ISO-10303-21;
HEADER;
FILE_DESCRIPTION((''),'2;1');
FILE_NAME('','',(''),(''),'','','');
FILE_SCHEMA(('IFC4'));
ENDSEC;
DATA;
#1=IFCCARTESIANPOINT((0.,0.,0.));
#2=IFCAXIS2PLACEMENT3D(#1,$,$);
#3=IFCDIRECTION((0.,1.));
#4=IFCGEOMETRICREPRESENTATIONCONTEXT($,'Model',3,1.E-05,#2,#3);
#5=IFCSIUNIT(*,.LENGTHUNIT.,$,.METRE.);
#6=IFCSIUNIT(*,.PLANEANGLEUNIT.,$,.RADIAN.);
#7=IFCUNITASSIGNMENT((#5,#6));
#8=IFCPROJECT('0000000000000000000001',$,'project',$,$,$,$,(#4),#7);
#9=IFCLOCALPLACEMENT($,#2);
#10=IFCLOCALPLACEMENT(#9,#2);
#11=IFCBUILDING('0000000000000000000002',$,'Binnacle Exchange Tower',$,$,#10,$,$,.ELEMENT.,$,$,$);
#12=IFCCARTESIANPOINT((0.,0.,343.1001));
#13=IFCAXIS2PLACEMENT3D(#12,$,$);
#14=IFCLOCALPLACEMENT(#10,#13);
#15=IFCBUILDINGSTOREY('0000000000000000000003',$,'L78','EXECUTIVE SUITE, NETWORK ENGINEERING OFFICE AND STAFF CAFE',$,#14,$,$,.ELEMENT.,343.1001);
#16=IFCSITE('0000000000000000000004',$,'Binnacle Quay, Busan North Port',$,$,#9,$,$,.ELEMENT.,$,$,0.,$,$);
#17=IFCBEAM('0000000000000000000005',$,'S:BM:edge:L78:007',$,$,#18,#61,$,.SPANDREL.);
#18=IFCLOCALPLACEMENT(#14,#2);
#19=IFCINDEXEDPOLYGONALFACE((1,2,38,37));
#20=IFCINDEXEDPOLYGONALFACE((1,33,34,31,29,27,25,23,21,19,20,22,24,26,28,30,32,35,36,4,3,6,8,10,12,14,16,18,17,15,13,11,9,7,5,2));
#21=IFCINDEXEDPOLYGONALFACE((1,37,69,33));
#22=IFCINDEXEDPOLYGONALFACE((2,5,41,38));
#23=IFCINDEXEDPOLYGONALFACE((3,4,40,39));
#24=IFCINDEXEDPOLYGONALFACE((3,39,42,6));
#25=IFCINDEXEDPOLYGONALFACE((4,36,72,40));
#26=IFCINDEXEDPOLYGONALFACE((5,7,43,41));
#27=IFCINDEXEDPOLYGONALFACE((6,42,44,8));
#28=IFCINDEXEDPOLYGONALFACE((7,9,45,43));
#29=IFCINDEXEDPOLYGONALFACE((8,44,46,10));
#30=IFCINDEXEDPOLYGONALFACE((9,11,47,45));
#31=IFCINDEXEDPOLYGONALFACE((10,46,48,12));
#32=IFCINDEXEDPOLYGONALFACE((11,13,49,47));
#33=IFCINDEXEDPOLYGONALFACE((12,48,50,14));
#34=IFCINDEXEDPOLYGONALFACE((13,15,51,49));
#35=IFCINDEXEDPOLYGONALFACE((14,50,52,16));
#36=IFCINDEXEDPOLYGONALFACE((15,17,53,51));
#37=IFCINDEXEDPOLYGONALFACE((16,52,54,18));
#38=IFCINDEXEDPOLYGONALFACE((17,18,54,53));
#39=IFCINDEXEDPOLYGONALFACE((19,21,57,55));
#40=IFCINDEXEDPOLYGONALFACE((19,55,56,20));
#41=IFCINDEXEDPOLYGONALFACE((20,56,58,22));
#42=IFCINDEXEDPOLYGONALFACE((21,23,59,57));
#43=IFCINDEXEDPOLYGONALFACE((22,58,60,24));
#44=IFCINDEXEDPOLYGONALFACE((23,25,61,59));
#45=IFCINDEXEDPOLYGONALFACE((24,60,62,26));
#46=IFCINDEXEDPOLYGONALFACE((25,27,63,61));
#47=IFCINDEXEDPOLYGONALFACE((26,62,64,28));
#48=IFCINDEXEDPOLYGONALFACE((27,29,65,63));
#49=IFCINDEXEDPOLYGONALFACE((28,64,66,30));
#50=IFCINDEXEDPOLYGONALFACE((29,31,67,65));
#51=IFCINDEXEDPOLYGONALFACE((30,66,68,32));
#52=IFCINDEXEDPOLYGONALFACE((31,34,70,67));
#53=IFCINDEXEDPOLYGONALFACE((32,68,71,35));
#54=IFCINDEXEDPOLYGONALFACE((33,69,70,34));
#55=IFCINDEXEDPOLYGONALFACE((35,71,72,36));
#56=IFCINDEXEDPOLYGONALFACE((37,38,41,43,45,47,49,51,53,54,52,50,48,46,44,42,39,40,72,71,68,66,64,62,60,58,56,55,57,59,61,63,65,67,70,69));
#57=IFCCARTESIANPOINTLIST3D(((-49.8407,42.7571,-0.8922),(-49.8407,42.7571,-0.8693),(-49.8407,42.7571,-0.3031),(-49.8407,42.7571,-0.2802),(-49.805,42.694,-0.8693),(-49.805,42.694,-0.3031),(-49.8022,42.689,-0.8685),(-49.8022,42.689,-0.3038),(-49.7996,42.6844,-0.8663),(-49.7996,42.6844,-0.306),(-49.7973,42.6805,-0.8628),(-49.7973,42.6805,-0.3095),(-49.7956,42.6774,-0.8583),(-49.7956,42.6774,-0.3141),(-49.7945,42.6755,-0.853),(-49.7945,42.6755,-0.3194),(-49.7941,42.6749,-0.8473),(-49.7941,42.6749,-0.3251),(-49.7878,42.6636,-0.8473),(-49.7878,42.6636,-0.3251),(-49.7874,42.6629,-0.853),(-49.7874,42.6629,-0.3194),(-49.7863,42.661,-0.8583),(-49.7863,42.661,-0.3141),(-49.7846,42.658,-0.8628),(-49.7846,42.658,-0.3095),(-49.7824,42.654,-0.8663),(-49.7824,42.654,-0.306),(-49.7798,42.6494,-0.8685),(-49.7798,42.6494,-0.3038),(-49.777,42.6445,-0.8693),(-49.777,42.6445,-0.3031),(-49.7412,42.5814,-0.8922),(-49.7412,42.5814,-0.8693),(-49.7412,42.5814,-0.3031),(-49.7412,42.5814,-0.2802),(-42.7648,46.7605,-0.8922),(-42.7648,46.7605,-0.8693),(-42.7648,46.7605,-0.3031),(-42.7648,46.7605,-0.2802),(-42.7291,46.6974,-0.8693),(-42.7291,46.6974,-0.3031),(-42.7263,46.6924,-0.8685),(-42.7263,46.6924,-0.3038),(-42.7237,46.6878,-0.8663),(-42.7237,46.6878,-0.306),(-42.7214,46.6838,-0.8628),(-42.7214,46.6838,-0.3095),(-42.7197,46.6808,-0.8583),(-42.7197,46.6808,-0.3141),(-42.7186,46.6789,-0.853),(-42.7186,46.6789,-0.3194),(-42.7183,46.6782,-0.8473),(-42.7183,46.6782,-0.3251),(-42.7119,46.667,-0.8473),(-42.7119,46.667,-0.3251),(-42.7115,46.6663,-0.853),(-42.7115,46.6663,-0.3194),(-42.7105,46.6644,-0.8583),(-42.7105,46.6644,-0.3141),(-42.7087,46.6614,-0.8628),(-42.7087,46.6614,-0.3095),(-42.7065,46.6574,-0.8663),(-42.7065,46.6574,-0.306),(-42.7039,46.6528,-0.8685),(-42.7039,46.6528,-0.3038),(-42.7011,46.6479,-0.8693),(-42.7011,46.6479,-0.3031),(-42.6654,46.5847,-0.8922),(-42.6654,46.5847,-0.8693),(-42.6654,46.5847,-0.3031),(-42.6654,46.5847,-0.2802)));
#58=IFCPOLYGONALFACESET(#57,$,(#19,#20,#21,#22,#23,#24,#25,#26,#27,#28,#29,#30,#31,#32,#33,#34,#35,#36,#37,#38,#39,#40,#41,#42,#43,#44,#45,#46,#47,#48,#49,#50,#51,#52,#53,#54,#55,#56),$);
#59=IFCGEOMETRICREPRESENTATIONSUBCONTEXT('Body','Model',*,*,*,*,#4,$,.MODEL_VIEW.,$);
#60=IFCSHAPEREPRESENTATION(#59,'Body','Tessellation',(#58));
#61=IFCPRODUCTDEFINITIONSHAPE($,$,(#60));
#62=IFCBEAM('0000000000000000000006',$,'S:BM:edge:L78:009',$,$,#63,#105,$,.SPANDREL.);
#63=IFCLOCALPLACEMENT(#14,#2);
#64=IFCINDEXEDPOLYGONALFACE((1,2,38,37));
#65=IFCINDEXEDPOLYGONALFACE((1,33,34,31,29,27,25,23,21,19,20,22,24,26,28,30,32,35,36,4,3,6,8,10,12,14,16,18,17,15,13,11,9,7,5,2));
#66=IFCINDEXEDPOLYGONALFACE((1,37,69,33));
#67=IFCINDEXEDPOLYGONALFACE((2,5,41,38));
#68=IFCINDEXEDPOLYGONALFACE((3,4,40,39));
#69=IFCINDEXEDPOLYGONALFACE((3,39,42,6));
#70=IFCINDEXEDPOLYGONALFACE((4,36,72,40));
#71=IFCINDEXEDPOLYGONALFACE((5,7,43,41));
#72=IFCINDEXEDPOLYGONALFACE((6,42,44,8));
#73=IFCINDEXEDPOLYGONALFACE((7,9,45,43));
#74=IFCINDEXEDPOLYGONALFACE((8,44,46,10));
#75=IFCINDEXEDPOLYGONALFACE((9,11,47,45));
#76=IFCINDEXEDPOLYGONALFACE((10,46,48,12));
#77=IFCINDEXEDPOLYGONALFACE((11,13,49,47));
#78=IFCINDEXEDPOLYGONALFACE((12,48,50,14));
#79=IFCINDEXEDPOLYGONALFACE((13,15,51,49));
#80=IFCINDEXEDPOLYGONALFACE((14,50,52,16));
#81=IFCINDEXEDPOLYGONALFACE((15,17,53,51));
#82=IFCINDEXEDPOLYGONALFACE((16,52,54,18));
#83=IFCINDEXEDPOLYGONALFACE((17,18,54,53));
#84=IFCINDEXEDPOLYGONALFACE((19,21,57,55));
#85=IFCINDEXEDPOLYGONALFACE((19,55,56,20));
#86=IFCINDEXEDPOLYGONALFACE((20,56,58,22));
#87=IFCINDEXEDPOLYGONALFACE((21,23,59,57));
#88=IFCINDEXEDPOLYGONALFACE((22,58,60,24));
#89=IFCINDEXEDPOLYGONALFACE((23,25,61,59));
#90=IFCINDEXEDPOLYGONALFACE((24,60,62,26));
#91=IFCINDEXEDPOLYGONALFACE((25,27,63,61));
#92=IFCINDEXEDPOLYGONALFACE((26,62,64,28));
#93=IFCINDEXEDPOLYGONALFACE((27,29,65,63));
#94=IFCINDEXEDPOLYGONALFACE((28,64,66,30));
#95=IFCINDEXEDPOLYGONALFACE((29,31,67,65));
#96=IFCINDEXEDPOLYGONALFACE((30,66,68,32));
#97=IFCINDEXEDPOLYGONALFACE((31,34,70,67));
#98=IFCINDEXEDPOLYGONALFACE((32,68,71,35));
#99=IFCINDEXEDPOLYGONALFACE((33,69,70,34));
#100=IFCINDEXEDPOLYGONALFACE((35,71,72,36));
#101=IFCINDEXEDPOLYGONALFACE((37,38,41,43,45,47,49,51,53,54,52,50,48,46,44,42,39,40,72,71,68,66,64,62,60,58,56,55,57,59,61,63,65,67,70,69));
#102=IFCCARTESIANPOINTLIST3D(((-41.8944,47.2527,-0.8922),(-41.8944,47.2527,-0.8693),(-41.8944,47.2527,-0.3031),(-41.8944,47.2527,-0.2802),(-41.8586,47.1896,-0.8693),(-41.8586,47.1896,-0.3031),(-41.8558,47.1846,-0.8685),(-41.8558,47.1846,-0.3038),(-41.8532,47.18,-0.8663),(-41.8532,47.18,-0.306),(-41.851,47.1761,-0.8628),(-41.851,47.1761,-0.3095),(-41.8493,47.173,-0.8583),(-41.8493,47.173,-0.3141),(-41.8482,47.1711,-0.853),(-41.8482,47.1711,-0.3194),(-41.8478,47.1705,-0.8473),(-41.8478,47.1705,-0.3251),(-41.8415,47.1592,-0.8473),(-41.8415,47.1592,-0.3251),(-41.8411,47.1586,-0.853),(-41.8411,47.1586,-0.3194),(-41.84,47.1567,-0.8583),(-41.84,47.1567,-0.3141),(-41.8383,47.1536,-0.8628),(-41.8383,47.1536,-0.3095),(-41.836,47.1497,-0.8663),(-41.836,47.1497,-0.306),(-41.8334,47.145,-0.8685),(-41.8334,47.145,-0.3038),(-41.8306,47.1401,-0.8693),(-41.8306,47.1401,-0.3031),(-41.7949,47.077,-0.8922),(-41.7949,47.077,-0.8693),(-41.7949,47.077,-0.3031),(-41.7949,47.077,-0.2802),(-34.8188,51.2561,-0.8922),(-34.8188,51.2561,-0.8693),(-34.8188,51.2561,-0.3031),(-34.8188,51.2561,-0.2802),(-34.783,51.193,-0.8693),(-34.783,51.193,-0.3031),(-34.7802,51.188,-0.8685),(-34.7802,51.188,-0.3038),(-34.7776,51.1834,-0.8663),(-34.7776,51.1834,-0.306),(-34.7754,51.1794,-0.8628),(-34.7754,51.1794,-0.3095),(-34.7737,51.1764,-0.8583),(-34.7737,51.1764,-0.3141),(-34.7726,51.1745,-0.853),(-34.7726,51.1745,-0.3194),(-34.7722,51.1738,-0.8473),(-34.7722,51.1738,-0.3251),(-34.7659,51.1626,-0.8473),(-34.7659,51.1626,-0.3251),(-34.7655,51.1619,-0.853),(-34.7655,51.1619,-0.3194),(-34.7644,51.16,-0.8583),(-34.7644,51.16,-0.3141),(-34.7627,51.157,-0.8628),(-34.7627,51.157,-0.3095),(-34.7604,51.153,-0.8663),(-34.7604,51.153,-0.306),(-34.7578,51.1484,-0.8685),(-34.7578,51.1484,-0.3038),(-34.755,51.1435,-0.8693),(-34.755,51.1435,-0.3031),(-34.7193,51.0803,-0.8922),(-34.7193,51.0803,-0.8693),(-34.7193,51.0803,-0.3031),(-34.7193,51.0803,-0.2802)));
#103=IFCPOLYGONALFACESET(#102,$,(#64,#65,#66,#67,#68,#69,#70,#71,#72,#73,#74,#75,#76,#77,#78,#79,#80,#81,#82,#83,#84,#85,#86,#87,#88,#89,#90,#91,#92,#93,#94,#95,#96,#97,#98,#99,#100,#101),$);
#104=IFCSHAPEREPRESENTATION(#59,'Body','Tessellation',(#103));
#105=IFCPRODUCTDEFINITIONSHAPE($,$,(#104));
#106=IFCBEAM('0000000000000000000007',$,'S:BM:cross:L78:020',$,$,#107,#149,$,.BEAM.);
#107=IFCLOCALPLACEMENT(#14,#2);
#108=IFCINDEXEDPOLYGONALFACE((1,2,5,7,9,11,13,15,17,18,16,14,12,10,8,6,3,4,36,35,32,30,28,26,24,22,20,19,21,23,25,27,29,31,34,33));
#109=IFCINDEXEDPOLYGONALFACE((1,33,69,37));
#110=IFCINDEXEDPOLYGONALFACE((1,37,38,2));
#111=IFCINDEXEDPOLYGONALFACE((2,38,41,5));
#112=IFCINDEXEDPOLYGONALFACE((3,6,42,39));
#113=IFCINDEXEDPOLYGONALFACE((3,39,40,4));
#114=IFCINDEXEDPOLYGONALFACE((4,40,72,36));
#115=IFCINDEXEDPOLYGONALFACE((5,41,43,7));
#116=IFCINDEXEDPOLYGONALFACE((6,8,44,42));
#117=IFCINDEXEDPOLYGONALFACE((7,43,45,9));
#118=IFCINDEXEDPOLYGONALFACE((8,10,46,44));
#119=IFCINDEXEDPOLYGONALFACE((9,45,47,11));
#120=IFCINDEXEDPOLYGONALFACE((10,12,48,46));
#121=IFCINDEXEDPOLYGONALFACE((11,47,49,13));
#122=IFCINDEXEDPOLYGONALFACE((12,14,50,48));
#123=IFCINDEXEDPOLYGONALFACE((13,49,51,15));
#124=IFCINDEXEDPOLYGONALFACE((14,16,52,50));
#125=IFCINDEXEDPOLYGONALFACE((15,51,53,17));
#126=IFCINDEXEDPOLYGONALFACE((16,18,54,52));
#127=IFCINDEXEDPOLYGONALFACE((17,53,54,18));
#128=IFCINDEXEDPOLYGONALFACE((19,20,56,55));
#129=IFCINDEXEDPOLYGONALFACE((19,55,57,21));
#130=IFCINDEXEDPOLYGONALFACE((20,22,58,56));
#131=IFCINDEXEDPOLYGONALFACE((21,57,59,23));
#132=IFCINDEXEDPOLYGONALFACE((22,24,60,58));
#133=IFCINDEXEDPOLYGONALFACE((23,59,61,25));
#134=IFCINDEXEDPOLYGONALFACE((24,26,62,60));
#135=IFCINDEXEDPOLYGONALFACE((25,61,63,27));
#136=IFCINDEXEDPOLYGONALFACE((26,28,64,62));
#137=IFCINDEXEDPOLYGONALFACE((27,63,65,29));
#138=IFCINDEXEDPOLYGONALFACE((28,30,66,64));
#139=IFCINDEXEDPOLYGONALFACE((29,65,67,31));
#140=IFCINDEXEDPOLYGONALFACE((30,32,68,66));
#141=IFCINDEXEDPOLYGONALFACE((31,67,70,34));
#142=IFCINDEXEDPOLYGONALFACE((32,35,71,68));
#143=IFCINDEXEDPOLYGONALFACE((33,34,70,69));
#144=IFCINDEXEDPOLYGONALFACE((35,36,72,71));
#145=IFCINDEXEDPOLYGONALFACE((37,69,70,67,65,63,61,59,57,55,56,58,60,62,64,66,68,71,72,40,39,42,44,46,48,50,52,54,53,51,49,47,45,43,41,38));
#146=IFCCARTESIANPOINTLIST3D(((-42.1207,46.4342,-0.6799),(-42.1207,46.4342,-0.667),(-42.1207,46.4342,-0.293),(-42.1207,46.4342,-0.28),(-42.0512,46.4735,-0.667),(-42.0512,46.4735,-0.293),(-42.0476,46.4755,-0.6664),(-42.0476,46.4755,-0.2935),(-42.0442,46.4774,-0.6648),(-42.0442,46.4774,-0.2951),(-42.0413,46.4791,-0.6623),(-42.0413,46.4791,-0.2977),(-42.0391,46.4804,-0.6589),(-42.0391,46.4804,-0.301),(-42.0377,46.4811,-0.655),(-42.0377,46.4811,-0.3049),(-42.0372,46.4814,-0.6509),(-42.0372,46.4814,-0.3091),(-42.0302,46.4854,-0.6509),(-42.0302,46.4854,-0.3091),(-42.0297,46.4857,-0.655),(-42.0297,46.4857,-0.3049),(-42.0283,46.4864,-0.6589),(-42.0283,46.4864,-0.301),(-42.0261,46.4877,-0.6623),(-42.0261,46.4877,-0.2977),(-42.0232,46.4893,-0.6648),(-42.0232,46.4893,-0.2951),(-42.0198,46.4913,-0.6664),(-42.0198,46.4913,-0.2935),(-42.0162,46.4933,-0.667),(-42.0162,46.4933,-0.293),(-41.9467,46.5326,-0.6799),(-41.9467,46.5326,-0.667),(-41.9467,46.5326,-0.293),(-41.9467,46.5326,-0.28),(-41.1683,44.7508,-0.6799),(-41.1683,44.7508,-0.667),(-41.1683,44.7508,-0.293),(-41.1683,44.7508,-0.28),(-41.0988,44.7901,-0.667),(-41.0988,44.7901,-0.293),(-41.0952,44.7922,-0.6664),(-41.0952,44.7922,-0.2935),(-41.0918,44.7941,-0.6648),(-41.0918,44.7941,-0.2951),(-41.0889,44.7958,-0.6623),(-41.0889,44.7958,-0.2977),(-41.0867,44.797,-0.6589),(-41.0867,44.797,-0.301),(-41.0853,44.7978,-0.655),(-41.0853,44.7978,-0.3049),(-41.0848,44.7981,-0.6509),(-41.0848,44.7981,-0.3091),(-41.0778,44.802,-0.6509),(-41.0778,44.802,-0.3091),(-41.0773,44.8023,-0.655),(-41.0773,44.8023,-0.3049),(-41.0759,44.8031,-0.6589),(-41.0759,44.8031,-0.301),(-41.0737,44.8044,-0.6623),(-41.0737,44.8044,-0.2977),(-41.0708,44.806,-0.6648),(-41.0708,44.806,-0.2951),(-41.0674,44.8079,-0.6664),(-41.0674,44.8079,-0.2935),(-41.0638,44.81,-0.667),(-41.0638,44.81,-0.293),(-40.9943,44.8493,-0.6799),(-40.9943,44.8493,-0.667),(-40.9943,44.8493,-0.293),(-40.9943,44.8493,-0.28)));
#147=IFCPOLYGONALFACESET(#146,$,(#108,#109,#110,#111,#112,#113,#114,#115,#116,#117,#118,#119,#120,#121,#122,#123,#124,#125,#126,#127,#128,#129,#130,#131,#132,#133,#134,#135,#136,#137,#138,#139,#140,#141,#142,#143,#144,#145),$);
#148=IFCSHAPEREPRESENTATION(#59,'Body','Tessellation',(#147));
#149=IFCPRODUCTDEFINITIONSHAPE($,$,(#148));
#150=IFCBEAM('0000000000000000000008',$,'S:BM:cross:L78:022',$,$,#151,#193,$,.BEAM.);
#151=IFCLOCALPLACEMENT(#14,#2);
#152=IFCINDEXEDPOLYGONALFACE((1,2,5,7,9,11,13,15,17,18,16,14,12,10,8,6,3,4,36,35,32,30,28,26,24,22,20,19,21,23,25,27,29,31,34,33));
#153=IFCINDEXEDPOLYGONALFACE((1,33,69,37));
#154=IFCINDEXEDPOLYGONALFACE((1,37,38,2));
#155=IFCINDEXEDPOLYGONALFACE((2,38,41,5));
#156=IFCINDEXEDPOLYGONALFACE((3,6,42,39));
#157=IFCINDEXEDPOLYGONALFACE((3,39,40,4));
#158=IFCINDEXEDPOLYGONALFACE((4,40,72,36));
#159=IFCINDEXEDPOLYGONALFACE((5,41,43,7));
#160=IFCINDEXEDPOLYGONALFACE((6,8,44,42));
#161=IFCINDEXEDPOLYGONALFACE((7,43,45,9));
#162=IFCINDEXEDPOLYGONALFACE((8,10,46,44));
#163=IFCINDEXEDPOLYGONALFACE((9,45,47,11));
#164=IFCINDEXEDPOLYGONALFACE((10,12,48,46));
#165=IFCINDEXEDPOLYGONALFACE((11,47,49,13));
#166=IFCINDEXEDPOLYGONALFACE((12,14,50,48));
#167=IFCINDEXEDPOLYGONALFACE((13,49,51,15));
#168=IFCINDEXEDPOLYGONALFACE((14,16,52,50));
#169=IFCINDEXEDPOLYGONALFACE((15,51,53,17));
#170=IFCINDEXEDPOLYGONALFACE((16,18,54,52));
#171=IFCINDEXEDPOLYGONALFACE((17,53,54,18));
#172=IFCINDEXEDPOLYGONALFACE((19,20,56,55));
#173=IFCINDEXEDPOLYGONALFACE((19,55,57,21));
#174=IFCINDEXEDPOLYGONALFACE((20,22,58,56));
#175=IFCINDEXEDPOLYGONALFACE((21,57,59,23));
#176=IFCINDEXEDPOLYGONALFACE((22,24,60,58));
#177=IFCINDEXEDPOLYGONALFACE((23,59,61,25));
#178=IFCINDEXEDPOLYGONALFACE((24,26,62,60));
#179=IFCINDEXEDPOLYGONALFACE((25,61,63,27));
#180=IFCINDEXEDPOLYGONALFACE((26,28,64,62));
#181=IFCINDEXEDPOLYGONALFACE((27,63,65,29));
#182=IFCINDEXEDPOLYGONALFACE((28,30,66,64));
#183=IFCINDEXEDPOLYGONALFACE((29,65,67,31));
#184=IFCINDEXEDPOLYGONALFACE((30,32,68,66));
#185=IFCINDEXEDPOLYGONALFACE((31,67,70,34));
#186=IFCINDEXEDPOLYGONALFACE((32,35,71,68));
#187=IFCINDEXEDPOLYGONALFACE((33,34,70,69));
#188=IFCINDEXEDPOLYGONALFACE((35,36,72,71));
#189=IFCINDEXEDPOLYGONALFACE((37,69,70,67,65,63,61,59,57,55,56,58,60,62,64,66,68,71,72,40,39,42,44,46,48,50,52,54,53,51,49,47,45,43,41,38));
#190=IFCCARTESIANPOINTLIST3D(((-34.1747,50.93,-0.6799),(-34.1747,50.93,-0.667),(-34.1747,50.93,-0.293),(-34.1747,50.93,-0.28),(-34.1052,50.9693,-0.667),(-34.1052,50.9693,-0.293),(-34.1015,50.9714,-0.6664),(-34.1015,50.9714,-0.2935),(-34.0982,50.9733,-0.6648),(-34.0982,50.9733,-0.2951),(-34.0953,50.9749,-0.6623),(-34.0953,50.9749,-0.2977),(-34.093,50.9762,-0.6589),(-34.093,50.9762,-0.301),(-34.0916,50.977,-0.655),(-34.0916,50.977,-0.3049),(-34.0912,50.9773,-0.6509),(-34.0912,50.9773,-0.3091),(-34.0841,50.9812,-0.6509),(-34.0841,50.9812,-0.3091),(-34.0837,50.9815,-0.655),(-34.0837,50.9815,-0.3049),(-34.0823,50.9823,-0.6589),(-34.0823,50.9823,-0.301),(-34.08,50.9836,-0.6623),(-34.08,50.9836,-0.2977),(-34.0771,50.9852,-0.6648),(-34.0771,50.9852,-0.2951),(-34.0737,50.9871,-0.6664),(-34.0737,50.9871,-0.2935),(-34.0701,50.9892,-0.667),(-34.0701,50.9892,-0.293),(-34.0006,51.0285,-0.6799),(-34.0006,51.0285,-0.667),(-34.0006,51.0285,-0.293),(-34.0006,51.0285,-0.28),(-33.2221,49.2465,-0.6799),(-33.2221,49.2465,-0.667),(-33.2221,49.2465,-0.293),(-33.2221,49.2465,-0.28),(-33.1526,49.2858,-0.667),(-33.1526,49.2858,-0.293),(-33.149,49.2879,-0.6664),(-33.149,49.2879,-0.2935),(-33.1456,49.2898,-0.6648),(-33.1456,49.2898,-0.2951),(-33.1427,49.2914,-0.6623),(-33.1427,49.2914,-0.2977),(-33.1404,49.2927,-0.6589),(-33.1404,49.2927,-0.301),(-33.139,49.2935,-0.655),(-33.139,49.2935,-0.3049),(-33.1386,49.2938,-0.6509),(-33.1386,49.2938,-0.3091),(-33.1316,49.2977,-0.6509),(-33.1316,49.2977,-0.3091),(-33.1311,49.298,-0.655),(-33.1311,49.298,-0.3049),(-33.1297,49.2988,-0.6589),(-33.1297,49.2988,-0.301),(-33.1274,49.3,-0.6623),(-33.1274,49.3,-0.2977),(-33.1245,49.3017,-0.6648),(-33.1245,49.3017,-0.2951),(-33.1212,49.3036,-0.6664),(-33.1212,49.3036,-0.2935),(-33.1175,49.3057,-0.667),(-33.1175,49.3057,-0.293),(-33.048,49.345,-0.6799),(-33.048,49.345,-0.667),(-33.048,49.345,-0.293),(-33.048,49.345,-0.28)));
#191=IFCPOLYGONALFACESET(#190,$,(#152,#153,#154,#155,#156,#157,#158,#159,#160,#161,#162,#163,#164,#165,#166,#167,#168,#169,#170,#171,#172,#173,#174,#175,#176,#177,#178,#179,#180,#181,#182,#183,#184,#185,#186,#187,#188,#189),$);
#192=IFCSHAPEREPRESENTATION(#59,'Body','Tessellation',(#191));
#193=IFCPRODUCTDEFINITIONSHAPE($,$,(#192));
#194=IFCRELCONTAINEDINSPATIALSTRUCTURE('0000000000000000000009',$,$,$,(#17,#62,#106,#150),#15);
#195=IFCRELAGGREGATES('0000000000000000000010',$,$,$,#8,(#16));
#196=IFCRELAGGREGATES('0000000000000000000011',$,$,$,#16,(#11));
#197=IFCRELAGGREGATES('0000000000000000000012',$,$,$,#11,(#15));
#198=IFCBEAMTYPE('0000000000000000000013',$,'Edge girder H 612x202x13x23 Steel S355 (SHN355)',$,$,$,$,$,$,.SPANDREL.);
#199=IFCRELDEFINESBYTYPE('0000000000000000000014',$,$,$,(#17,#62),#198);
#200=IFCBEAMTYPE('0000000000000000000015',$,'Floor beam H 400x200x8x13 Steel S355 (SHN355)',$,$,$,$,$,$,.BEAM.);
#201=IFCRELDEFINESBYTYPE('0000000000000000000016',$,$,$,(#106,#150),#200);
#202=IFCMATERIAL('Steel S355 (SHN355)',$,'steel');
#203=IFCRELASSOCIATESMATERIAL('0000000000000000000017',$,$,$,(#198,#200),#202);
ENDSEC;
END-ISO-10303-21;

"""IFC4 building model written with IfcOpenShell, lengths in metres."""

from ifc_helpers import new_model, si_unit, direction, frame, origin, origin_2d, place, context, subcontext, project, spatial, i_section, extrude, material, material_profile, profile_set, type_object, element, save


model = new_model("IFC4")

# Units and contexts
model_context = context("Model", 3, precision=1e-05, world=origin(), true_north=direction((0.0, 1.0)))
body_context = subcontext(model_context, "Body", "Model", "MODEL_VIEW")
ifc_project = project(units=[si_unit("LENGTHUNIT", "METRE"), si_unit("PLANEANGLEUNIT", "RADIAN")], contexts=[model_context])

# Site, building, storey
site_placement = place(None, origin())
site = spatial("IfcSite", under=ifc_project, at=site_placement, Name="Binnacle Quay, Busan North Port", CompositionType="ELEMENT", RefElevation=0.0)
building_placement = place(site_placement, origin())
building = spatial("IfcBuilding", under=site, at=building_placement, Name="Binnacle Exchange Tower", CompositionType="ELEMENT")
storey_placement = place(building_placement, frame((0.0, 0.0, 343.1001)))
storey = spatial("IfcBuildingStorey", under=building, at=storey_placement, Name="L78", Description="EXECUTIVE SUITE, NETWORK ENGINEERING OFFICE AND STAFF CAFE", CompositionType="ELEMENT", Elevation=343.1001)

# Beams
ifc_material_1 = material(Name="Steel S355 (SHN355)", Category="steel")
ifc_material_profile_1 = material_profile(ifc_material_1, i_section(OverallWidth=0.2019, OverallDepth=0.6121, WebThickness=0.0129, FlangeThickness=0.0229, FilletRadius=0.022, at=origin_2d()), Name="H 612x202x13x23")
ifc_profile_set_1 = profile_set([ifc_material_profile_1], Name="Steel S355 (SHN355)")
beam_type_1 = type_object("IfcBeamType", Name="Edge girder H 612x202x13x23 Steel S355 (SHN355)", PredefinedType="SPANDREL", material=ifc_profile_set_1)
beam_1_placement = place(storey_placement, frame((-42.7151, 46.6726, -0.5862), z_axis=(-0.870353, -0.492428, 0.0), x_axis=(0.492428, -0.870353, 0.0)))
element("IfcBeam", 1, at=beam_1_placement, inside=storey, type_object=beam_type_1, Name="S:BM:edge:L78:007", PredefinedType="SPANDREL", context=body_context, shape_type="SweptSolid", body=[
    extrude(i_section(OverallWidth=0.2019, OverallDepth=0.6121, WebThickness=0.0129, FlangeThickness=0.0229, FilletRadius=0.022, at=origin_2d()), origin(), (0.0, 0.0, 1.0), 8.1299),
])
beam_2_placement = place(storey_placement, frame((-34.769, 51.1682, -0.5862), z_axis=(-0.870346, -0.492441, 0.0), x_axis=(0.492441, -0.870346, 0.0)))
element("IfcBeam", 2, at=beam_2_placement, inside=storey, type_object=beam_type_1, Name="S:BM:edge:L78:009", PredefinedType="SPANDREL", context=body_context, shape_type="SweptSolid", body=[
    extrude(i_section(OverallWidth=0.2019, OverallDepth=0.6121, WebThickness=0.0129, FlangeThickness=0.0229, FilletRadius=0.022, at=origin_2d()), origin(), (0.0, 0.0, 1.0), 8.1296),
])
ifc_material_profile_2 = material_profile(ifc_material_1, i_section(OverallWidth=0.2, OverallDepth=0.3999, WebThickness=0.0081, FlangeThickness=0.0129, FilletRadius=0.0161, at=origin_2d()), Name="H 400x200x8x13")
ifc_profile_set_2 = profile_set([ifc_material_profile_2], Name="Steel S355 (SHN355)")
beam_type_2 = type_object("IfcBeamType", Name="Floor beam H 400x200x8x13 Steel S355 (SHN355)", PredefinedType="BEAM", material=ifc_profile_set_2)
beam_3_placement = place(storey_placement, frame((-42.0337, 46.4834, -0.48), z_axis=(0.492423, -0.870356, 0.0), x_axis=(0.870356, 0.492423, 0.0)))
element("IfcBeam", 3, at=beam_3_placement, inside=storey, type_object=beam_type_2, Name="S:BM:cross:L78:020", PredefinedType="BEAM", context=body_context, shape_type="SweptSolid", body=[
    extrude(i_section(OverallWidth=0.2, OverallDepth=0.3999, WebThickness=0.0081, FlangeThickness=0.0129, FilletRadius=0.0161, at=origin_2d()), origin(), (0.0, 0.0, 1.0), 1.9341),
])
beam_4_placement = place(storey_placement, frame((-34.0876, 50.9792, -0.48), z_axis=(0.492465, -0.870332, 0.0), x_axis=(0.870332, 0.492465, 0.0)))
element("IfcBeam", 4, at=beam_4_placement, inside=storey, type_object=beam_type_2, Name="S:BM:cross:L78:022", PredefinedType="BEAM", context=body_context, shape_type="SweptSolid", body=[
    extrude(i_section(OverallWidth=0.2, OverallDepth=0.3999, WebThickness=0.0081, FlangeThickness=0.0129, FilletRadius=0.0161, at=origin_2d()), origin(), (0.0, 0.0, 1.0), 1.9343),
])

save(model, "model.ifc")
